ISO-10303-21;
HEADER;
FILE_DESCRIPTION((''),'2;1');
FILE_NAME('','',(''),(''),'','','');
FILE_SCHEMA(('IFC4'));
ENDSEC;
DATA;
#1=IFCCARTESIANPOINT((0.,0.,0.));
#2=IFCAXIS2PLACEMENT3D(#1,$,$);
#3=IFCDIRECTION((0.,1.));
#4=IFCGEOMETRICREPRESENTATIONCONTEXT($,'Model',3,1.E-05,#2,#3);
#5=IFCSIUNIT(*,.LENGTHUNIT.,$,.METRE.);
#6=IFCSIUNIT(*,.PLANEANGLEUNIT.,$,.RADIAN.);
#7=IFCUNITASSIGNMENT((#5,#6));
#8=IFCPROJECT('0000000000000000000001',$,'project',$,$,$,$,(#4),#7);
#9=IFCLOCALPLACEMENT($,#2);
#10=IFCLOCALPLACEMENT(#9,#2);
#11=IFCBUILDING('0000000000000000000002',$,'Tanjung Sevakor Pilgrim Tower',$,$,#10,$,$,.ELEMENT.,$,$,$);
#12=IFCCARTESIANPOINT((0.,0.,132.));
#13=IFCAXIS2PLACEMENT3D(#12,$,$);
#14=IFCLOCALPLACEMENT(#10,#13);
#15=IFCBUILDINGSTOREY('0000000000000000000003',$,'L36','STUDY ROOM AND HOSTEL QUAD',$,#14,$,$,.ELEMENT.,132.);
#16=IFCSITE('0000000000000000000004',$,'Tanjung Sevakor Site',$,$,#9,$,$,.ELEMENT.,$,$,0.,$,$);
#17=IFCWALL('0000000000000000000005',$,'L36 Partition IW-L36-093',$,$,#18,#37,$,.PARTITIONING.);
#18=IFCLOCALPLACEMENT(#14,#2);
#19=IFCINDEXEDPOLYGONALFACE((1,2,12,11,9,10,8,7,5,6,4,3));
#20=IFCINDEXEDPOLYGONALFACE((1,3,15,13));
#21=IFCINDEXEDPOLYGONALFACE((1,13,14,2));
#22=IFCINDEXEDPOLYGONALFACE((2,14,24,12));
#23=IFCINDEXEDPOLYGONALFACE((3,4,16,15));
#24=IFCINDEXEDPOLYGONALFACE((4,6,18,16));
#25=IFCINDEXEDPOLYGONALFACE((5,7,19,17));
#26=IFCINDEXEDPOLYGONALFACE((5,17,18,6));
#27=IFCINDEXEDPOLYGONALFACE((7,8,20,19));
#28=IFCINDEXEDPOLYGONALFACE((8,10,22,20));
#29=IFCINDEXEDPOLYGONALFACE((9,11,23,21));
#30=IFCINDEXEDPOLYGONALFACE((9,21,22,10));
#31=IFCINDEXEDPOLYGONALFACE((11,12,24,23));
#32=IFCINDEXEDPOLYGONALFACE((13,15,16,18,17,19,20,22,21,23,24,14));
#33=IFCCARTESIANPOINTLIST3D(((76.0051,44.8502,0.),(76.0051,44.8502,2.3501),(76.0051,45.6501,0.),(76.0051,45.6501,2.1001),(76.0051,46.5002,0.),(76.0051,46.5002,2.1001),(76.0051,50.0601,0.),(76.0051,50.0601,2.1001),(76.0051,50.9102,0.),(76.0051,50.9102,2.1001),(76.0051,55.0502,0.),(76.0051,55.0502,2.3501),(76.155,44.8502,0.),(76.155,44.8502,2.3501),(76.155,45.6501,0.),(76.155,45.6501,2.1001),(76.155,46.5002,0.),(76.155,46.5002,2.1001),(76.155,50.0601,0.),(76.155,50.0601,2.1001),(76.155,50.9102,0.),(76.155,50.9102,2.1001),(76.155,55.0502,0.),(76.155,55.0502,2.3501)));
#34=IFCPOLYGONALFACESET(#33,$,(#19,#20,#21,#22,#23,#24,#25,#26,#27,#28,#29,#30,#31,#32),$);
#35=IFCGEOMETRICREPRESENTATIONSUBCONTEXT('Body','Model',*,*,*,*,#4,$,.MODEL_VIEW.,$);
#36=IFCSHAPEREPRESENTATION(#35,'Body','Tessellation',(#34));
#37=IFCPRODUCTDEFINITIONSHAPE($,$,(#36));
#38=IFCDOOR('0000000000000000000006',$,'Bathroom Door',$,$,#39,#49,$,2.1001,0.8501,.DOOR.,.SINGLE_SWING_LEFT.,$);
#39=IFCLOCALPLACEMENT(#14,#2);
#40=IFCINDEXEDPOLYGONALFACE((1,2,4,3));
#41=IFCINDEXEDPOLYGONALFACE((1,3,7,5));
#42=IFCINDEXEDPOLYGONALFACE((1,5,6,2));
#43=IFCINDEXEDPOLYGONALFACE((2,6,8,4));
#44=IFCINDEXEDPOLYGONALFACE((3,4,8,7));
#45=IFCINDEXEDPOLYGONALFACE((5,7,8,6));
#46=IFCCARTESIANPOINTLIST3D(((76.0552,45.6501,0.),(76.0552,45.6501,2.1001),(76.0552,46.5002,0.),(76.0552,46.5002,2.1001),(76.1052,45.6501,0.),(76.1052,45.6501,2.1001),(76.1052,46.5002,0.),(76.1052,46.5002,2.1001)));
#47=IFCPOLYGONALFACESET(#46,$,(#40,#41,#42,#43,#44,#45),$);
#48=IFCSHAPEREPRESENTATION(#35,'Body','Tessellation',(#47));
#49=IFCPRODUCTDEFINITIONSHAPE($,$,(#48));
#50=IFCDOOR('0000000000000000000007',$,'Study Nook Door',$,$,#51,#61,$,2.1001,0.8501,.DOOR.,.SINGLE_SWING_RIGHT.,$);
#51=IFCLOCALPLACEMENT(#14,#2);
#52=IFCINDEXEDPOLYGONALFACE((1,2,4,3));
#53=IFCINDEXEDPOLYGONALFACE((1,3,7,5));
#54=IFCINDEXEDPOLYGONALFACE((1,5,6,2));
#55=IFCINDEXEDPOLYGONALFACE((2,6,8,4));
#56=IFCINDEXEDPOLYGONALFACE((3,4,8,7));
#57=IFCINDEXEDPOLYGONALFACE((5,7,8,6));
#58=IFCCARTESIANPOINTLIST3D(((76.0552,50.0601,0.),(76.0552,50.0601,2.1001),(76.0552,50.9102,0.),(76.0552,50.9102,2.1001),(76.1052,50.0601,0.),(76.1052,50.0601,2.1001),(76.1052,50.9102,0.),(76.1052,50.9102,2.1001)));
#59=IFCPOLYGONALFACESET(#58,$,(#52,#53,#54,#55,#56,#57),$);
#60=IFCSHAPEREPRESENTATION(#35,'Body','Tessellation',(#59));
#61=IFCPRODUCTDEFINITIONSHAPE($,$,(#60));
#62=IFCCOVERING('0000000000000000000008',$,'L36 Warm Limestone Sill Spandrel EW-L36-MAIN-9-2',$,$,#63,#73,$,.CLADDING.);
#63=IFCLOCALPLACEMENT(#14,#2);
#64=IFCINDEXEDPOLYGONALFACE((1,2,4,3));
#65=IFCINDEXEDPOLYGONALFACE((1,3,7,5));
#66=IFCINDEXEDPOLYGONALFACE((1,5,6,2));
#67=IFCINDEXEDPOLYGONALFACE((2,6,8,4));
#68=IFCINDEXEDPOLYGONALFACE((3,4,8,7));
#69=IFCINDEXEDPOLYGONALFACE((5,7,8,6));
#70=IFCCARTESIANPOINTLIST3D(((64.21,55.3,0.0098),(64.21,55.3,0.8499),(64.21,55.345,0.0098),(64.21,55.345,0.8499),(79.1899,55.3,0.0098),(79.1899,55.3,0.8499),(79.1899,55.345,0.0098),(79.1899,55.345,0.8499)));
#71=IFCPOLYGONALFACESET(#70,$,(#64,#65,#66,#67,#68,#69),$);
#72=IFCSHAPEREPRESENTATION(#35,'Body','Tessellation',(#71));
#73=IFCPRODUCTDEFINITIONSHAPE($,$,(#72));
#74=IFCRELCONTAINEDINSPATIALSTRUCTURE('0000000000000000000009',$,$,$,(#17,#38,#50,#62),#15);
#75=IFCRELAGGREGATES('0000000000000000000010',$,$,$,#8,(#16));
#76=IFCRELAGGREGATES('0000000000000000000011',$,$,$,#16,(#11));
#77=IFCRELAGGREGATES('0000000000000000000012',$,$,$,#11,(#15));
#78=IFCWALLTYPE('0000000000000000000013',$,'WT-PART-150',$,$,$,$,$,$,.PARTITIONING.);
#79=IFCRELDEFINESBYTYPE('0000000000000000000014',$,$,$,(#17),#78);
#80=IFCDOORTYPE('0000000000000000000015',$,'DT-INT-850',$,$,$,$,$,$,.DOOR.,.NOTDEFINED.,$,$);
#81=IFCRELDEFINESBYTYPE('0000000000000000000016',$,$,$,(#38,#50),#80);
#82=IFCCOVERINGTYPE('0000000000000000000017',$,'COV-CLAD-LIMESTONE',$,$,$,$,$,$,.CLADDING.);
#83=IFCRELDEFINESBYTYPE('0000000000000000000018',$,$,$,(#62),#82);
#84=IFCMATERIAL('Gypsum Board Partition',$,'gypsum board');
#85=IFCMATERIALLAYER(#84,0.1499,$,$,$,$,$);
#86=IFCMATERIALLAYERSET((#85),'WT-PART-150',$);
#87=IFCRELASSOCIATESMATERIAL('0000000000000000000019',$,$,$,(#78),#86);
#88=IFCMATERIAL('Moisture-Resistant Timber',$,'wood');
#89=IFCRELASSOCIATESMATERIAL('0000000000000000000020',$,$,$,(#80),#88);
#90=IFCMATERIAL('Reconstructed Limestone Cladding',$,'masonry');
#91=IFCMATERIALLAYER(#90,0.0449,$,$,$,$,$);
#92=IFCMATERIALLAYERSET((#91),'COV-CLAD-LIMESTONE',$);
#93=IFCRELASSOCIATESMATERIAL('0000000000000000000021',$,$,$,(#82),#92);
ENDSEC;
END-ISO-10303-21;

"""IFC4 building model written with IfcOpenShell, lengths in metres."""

from ifc_helpers import new_model, si_unit, direction, frame, frame_2d, origin, origin_2d, place, context, subcontext, project, spatial, rectangle, extrude, material, layer, layer_set, type_object, element, fill, save


model = new_model("IFC4")

# Units and contexts
model_context = context("Model", 3, precision=1e-05, world=origin(), true_north=direction((0.0, 1.0)))
body_context = subcontext(model_context, "Body", "Model", "MODEL_VIEW")
ifc_project = project(units=[si_unit("LENGTHUNIT", "METRE"), si_unit("PLANEANGLEUNIT", "RADIAN")], contexts=[model_context])

# Site, building, storey
site_placement = place(None, origin())
site = spatial("IfcSite", under=ifc_project, at=site_placement, Name="Tanjung Sevakor Site", CompositionType="ELEMENT", RefElevation=0.0)
building_placement = place(site_placement, origin())
building = spatial("IfcBuilding", under=site, at=building_placement, Name="Tanjung Sevakor Pilgrim Tower", CompositionType="ELEMENT")
storey_placement = place(building_placement, frame((0.0, 0.0, 132.0)))
storey = spatial("IfcBuildingStorey", under=building, at=storey_placement, Name="L36", Description="STUDY ROOM AND HOSTEL QUAD", CompositionType="ELEMENT", Elevation=132.0)

# Shared definitions
ifc_material_1 = material(Name="Gypsum Board Partition", Category="gypsum board")
ifc_layer_1 = layer(ifc_material_1, 0.1499)
ifc_layer_set_1 = layer_set([ifc_layer_1], Name="WT-PART-150")
wall_type_1 = type_object("IfcWallType", Name="WT-PART-150", PredefinedType="PARTITIONING", material=ifc_layer_set_1)

# Shared definitions
ifc_material_2 = material(Name="Moisture-Resistant Timber", Category="wood")
door_type_1 = type_object("IfcDoorType", Name="DT-INT-850", OperationType="NOTDEFINED", PredefinedType="DOOR", material=ifc_material_2)

# Wall, openings, doors
wall_1_placement = place(storey_placement, frame((76.0801, 44.8501, 0.0), z_axis=(0.0, 0.0, 1.0), x_axis=(0.0, 1.0, 0.0)))
wall_1 = element("IfcWall", 1, at=wall_1_placement, inside=storey, type_object=wall_type_1, Name="L36 Partition IW-L36-093", PredefinedType="PARTITIONING", context=body_context, shape_type="SweptSolid", body=[
    extrude(rectangle(XDim=10.2, YDim=0.1499, at=frame_2d((5.1001, 0.0))), origin(), (0.0, 0.0, 1.0), 2.3501),
])
opening_1_placement = place(wall_1_placement, frame((0.8, 0.0, 0.0)))
opening_1 = element("IfcOpeningElement", 2, at=opening_1_placement, cuts=wall_1, PredefinedType="OPENING", context=body_context, shape_type="SweptSolid", body=[
    extrude(rectangle(XDim=0.8501, YDim=2.1001, at=frame_2d((0.425, 1.05))), frame((0.0, 0.085, 0.0), z_axis=(0.0, -1.0, 0.0), x_axis=(1.0, 0.0, 0.0)), (0.0, 0.0, 1.0), 0.1699),
])
opening_2_placement = place(wall_1_placement, frame((5.21, 0.0, 0.0)))
opening_2 = element("IfcOpeningElement", 3, at=opening_2_placement, cuts=wall_1, PredefinedType="OPENING", context=body_context, shape_type="SweptSolid", body=[
    extrude(rectangle(XDim=0.8501, YDim=2.1001, at=frame_2d((0.425, 1.05))), frame((0.0, 0.085, 0.0), z_axis=(0.0, -1.0, 0.0), x_axis=(1.0, 0.0, 0.0)), (0.0, 0.0, 1.0), 0.1699),
])
door_1_placement = place(opening_1_placement, origin())
door_1 = element("IfcDoor", 4, at=door_1_placement, inside=storey, type_object=door_type_1, Name="Bathroom Door", OperationType="SINGLE_SWING_LEFT", OverallHeight=2.1001, OverallWidth=0.8501, PredefinedType="DOOR", context=body_context, shape_type="SweptSolid", body=[
    extrude(rectangle(XDim=0.8501, YDim=2.1001, at=frame_2d((0.425, 1.05))), frame((0.0, 0.0249, 0.0), z_axis=(0.0, -1.0, 0.0), x_axis=(1.0, 0.0, 0.0)), (0.0, 0.0, 1.0), 0.05),
])
fill(opening_1, door_1)
door_2_placement = place(opening_2_placement, origin())
door_2 = element("IfcDoor", 5, at=door_2_placement, inside=storey, type_object=door_type_1, Name="Study Nook Door", OperationType="SINGLE_SWING_RIGHT", OverallHeight=2.1001, OverallWidth=0.8501, PredefinedType="DOOR", context=body_context, shape_type="SweptSolid", body=[
    extrude(rectangle(XDim=0.8501, YDim=2.1001, at=frame_2d((0.425, 1.05))), frame((0.0, 0.0249, 0.0), z_axis=(0.0, -1.0, 0.0), x_axis=(1.0, 0.0, 0.0)), (0.0, 0.0, 1.0), 0.05),
])
fill(opening_2, door_2)

# Covering
ifc_material_3 = material(Name="Reconstructed Limestone Cladding", Category="masonry")
ifc_layer_2 = layer(ifc_material_3, 0.0449)
ifc_layer_set_2 = layer_set([ifc_layer_2], Name="COV-CLAD-LIMESTONE")
covering_type = type_object("IfcCoveringType", Name="COV-CLAD-LIMESTONE", PredefinedType="CLADDING", material=ifc_layer_set_2)
covering_placement = place(storey_placement, frame((71.7, 55.3225, 0.0098), z_axis=(0.0, 0.0, 1.0), x_axis=(-1.0, 0.0, 0.0)))
element("IfcCovering", 6, at=covering_placement, inside=storey, type_object=covering_type, Name="L36 Warm Limestone Sill Spandrel EW-L36-MAIN-9-2", PredefinedType="CLADDING", context=body_context, shape_type="SweptSolid", body=[
    extrude(rectangle(XDim=14.98, YDim=0.0449, at=origin_2d()), origin(), (0.0, 0.0, 1.0), 0.8401),
])

save(model, "model.ifc")
